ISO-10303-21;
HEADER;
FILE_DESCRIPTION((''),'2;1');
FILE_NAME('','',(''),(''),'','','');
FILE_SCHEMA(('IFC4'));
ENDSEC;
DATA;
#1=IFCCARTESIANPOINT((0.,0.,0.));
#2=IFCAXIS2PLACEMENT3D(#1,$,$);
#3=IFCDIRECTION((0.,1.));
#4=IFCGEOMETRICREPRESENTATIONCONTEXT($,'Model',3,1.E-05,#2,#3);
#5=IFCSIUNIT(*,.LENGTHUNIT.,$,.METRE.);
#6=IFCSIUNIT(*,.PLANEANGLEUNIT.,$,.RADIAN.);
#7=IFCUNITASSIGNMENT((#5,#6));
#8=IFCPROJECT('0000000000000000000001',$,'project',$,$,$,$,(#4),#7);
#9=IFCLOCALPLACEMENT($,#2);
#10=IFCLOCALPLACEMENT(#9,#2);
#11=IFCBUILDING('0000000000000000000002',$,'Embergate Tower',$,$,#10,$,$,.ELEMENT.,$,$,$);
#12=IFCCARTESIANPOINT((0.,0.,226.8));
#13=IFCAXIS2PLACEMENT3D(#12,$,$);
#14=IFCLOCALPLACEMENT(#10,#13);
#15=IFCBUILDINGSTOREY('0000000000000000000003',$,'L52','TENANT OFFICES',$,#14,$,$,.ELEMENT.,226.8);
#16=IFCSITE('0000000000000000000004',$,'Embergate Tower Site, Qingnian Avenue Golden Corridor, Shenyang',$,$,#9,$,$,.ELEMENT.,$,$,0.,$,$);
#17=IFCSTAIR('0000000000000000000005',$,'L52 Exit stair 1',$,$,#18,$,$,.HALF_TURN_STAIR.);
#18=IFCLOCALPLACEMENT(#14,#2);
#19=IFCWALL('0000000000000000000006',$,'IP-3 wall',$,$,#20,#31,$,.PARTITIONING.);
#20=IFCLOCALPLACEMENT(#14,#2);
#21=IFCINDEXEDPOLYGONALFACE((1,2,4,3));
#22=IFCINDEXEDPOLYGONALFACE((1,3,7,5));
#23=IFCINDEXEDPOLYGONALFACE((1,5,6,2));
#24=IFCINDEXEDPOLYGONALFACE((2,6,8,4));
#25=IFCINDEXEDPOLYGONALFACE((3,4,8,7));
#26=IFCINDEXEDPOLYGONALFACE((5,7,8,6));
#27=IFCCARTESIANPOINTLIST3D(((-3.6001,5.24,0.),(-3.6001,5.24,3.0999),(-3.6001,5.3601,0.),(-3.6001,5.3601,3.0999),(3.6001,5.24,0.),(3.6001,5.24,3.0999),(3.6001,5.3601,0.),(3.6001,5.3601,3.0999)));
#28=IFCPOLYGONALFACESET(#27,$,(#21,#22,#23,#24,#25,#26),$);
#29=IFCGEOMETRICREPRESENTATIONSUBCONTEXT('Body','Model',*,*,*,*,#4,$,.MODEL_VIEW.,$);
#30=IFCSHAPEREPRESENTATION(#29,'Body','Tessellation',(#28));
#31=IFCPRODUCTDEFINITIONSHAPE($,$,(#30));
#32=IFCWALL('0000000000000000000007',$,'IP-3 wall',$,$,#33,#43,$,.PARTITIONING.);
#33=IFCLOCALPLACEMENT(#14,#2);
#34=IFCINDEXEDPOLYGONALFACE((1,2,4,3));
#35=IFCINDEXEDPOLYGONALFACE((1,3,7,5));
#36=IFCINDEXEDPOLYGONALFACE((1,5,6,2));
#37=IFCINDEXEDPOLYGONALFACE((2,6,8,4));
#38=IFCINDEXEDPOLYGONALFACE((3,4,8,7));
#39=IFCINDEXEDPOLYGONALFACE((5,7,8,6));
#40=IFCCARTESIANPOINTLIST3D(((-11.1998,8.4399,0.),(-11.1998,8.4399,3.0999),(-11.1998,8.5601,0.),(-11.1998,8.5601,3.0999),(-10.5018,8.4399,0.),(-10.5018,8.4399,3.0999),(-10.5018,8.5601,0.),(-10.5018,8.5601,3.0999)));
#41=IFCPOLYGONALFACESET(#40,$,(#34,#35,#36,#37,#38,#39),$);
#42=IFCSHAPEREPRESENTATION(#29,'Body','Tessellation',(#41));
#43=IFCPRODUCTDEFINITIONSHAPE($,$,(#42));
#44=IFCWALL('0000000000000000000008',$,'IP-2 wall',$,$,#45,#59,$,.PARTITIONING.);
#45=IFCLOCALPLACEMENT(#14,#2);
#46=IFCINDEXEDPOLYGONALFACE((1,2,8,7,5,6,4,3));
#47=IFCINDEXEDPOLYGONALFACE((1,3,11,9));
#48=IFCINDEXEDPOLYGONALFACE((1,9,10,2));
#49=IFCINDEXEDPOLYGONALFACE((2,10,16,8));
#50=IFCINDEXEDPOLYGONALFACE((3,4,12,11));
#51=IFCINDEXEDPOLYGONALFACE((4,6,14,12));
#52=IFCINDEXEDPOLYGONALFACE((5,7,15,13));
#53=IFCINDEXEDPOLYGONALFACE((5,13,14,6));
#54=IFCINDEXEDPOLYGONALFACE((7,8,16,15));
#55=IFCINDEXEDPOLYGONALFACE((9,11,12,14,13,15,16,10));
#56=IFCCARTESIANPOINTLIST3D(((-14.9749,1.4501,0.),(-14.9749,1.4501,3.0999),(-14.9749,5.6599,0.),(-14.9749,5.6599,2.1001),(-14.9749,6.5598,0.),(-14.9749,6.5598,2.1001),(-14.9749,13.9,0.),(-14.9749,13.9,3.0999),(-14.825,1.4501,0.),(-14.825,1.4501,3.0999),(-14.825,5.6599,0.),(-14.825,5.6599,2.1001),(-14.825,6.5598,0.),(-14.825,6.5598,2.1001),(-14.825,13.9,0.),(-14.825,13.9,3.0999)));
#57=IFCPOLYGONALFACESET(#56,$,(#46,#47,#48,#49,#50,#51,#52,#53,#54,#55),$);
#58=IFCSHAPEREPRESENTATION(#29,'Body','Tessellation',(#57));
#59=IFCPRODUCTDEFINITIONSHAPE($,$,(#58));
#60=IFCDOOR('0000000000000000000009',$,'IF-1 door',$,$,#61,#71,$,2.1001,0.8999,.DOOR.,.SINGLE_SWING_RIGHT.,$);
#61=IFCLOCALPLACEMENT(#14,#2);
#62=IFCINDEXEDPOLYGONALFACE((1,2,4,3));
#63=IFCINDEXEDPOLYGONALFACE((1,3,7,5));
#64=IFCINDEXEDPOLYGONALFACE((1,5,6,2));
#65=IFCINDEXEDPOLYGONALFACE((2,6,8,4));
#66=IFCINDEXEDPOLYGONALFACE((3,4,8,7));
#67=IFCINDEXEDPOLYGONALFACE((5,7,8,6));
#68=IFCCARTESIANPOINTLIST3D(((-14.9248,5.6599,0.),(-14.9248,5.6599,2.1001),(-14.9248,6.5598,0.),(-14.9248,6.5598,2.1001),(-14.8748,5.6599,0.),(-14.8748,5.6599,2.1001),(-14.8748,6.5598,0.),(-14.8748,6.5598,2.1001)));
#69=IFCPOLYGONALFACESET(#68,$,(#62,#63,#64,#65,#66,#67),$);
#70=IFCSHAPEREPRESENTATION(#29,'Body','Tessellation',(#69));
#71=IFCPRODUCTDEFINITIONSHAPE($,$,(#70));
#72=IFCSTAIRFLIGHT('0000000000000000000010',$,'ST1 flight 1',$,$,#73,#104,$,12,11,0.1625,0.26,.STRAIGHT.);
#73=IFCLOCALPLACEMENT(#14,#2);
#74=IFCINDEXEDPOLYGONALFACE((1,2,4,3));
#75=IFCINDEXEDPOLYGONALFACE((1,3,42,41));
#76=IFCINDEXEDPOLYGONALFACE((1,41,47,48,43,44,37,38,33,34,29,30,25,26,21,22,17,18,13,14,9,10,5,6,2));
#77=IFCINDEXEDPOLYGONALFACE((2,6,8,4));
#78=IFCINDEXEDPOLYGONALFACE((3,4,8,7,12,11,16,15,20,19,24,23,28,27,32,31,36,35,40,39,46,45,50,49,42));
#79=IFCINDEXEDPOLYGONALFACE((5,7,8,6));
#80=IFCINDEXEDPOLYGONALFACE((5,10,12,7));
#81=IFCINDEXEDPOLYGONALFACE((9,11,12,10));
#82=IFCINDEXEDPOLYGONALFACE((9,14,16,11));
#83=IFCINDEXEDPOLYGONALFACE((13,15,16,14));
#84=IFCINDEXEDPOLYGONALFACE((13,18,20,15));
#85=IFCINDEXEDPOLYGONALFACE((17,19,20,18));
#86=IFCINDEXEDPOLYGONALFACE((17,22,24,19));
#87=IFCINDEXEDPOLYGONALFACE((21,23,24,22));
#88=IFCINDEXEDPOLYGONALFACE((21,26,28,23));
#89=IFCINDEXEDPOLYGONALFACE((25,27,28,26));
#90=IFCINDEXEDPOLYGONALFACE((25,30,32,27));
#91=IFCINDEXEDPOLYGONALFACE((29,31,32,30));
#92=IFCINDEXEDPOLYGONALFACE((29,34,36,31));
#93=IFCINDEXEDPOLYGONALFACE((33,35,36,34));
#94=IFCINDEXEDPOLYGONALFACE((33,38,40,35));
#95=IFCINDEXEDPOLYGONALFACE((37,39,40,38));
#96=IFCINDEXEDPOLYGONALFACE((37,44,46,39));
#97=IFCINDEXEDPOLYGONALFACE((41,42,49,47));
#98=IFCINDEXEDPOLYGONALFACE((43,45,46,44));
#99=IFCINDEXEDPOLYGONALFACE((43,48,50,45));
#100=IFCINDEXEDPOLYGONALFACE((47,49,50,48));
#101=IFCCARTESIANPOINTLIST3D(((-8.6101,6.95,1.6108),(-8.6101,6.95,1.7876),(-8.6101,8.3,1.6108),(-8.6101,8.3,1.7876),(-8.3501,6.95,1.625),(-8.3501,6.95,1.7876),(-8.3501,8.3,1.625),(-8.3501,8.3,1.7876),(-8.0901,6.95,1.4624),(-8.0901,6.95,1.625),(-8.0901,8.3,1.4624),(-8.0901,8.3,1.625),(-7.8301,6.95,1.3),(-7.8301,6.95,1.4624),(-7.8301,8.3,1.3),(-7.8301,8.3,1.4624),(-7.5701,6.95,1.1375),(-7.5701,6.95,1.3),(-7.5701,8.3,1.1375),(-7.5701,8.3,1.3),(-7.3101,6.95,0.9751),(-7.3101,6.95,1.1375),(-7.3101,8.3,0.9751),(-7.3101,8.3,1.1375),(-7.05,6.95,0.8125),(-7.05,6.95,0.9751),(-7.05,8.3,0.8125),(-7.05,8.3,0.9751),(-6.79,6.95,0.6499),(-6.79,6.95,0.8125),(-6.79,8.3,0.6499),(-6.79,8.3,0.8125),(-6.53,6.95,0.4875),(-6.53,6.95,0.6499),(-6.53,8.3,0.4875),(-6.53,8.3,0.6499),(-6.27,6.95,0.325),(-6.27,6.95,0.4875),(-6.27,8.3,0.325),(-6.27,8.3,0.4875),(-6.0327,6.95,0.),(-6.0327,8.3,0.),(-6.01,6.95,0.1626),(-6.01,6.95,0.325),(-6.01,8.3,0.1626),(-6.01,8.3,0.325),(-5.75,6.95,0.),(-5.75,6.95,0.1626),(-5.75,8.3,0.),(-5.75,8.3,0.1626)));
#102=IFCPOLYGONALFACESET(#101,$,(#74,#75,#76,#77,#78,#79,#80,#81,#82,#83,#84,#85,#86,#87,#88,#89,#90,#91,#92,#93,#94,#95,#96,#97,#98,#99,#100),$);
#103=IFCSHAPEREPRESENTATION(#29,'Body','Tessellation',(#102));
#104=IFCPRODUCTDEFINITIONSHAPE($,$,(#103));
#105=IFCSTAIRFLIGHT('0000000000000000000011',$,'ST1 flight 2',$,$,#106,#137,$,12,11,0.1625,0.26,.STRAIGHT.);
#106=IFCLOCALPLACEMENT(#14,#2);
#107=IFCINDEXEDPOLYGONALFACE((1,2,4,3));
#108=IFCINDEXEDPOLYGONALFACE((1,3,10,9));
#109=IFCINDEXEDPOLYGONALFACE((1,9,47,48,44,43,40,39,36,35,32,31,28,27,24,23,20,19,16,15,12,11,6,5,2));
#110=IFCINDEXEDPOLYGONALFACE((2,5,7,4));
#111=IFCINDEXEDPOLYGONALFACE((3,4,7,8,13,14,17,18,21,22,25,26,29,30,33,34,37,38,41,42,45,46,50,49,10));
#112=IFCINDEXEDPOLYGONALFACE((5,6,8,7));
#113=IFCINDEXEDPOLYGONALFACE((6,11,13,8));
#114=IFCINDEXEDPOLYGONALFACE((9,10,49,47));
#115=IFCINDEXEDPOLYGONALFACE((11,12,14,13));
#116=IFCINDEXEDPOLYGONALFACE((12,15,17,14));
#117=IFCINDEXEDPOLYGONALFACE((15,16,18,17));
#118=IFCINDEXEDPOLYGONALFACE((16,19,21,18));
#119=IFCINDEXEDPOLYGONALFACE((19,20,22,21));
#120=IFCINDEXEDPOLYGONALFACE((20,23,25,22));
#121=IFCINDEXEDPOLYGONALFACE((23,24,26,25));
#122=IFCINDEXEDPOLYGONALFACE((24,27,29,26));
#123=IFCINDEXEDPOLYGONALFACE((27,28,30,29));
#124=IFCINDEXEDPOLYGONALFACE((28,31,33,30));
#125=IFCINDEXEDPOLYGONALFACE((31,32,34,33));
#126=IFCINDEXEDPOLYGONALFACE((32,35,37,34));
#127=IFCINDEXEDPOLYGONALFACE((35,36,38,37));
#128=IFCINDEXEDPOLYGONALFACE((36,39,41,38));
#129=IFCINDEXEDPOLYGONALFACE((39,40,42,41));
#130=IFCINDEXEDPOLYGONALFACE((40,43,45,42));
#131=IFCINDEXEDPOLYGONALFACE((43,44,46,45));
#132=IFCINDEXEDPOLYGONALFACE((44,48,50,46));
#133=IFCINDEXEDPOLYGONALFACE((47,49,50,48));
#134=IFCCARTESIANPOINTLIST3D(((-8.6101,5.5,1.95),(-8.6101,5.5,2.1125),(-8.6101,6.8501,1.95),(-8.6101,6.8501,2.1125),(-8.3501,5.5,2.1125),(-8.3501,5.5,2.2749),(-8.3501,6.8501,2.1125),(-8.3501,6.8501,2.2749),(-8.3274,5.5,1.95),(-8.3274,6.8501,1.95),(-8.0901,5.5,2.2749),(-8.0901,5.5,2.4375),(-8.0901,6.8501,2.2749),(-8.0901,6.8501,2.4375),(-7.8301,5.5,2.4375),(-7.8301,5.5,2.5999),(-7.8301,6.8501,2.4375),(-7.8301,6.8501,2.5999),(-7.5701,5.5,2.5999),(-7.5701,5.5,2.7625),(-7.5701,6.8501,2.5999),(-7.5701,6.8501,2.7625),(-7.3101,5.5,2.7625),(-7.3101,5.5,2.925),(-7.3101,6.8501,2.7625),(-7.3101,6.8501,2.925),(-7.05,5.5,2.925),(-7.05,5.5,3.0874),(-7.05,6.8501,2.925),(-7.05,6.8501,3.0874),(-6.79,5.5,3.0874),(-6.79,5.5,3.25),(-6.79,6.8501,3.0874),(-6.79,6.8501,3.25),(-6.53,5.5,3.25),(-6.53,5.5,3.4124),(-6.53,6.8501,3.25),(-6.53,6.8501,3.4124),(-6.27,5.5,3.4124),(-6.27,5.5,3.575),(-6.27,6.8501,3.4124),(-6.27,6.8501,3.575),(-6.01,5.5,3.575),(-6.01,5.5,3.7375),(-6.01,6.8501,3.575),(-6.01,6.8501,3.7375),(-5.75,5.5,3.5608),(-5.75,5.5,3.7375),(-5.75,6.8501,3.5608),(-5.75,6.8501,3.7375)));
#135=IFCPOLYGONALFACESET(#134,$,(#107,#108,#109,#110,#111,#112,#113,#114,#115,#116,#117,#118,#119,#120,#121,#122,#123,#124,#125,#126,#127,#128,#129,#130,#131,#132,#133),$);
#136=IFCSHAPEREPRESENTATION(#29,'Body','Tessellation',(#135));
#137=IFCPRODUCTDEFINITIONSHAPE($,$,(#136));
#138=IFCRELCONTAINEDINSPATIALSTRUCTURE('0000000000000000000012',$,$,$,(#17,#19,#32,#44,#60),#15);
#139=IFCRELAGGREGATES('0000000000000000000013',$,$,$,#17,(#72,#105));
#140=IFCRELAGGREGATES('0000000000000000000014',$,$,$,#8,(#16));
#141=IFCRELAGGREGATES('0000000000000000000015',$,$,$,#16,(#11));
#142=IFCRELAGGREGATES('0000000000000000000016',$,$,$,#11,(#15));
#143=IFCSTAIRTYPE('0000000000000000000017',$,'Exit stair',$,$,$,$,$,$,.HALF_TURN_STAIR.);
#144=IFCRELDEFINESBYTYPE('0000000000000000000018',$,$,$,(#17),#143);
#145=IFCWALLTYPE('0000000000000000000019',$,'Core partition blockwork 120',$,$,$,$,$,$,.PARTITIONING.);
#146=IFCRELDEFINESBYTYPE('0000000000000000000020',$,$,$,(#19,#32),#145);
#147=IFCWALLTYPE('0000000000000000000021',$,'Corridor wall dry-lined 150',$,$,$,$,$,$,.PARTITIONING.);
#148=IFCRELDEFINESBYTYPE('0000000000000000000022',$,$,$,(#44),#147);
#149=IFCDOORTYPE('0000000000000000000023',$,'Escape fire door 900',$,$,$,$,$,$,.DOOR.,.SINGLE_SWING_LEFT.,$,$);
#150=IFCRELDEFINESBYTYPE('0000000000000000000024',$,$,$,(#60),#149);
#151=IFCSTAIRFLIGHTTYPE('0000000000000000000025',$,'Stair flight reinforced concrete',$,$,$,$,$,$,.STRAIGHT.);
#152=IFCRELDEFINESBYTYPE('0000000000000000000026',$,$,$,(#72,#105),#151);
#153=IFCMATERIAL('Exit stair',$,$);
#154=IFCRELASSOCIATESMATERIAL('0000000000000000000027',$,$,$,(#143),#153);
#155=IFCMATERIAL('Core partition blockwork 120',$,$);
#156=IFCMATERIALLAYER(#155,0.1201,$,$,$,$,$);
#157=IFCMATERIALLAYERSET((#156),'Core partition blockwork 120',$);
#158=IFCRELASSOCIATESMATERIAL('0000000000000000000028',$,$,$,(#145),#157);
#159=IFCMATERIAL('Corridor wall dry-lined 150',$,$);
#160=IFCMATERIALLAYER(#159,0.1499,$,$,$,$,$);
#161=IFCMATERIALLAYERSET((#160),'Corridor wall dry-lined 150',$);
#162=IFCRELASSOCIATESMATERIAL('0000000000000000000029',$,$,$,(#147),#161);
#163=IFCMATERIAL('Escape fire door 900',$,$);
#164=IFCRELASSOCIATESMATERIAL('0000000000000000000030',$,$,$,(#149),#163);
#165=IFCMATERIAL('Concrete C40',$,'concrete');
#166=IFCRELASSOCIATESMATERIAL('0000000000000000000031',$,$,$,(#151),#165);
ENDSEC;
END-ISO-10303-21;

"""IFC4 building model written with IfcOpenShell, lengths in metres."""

from ifc_helpers import new_model, si_unit, direction, frame, frame_2d, origin, place, context, subcontext, project, spatial, polyline, rectangle, outline, extrude, source, transform, mapped, material, layer, layer_set, type_object, element, fill, aggregate, save


model = new_model("IFC4")

# Units and contexts
model_context = context("Model", 3, precision=1e-05, world=origin(), true_north=direction((0.0, 1.0)))
body_context = subcontext(model_context, "Body", "Model", "MODEL_VIEW")
ifc_project = project(units=[si_unit("LENGTHUNIT", "METRE"), si_unit("PLANEANGLEUNIT", "RADIAN")], contexts=[model_context])

# Site, building, storey
site_placement = place(None, origin())
site = spatial("IfcSite", under=ifc_project, at=site_placement, Name="Embergate Tower Site, Qingnian Avenue Golden Corridor, Shenyang", CompositionType="ELEMENT", RefElevation=0.0)
building_placement = place(site_placement, origin())
building = spatial("IfcBuilding", under=site, at=building_placement, Name="Embergate Tower", CompositionType="ELEMENT")
storey_placement = place(building_placement, frame((0.0, 0.0, 226.8)))
storey = spatial("IfcBuildingStorey", under=building, at=storey_placement, Name="L52", Description="TENANT OFFICES", CompositionType="ELEMENT", Elevation=226.8)

# Stair
ifc_material_1 = material(Name="Exit stair")
stair_type = type_object("IfcStairType", Name="Exit stair", PredefinedType="HALF_TURN_STAIR", material=ifc_material_1)
stair_placement = place(storey_placement, origin())
stair = element("IfcStair", 1, at=stair_placement, inside=storey, type_object=stair_type, Name="L52 Exit stair 1", PredefinedType="HALF_TURN_STAIR")
ifc_material_2 = material(Name="Concrete C40", Category="concrete")

# Shared definitions
ifc_material_3 = material(Name="Core partition blockwork 120")
ifc_layer_1 = layer(ifc_material_3, 0.1201)
ifc_layer_set_1 = layer_set([ifc_layer_1], Name="Core partition blockwork 120")
wall_type_1 = type_object("IfcWallType", Name="Core partition blockwork 120", PredefinedType="PARTITIONING", material=ifc_layer_set_1)

# Shared definitions
shared_shape_1 = source(origin(), body_context, "Body", "SweptSolid", [
    extrude(rectangle(XDim=0.8999, YDim=2.1001, at=frame_2d((0.45, 1.05))), frame((0.0, 0.0249, 0.0), z_axis=(0.0, -1.0, 0.0), x_axis=(1.0, 0.0, 0.0)), (0.0, 0.0, 1.0), 0.05),
])

# Walls
shared_shape_2 = source(origin(), body_context, "Body", "SweptSolid", [
    extrude(rectangle(XDim=7.2002, YDim=0.1201, at=frame_2d((3.6001, 0.0))), origin(), (0.0, 0.0, 1.0), 3.0999),
])
wall_1_placement = place(storey_placement, frame((-3.6001, 5.3, 0.0), z_axis=(0.0, 0.0, 1.0), x_axis=(1.0, 0.0, 0.0)))
element("IfcWall", 2, at=wall_1_placement, inside=storey, type_object=wall_type_1, Name="IP-3 wall", PredefinedType="PARTITIONING", context=body_context, shape_type="MappedRepresentation", body=[
    mapped(shared_shape_2, transform((0.0, 0.0, 0.0))),
])
shared_shape_3 = source(origin(), body_context, "Body", "SweptSolid", [
    extrude(rectangle(XDim=0.698, YDim=0.1201, at=frame_2d((0.3491, 0.0))), origin(), (0.0, 0.0, 1.0), 3.0999),
])
wall_2_placement = place(storey_placement, frame((-11.2, 8.5, 0.0), z_axis=(0.0, 0.0, 1.0), x_axis=(1.0, 0.0, 0.0)))
element("IfcWall", 3, at=wall_2_placement, inside=storey, type_object=wall_type_1, Name="IP-3 wall", PredefinedType="PARTITIONING", context=body_context, shape_type="MappedRepresentation", body=[
    mapped(shared_shape_3, transform((0.0, 0.0, 0.0))),
])

# Wall, opening, door
ifc_material_4 = material(Name="Corridor wall dry-lined 150")
ifc_layer_2 = layer(ifc_material_4, 0.1499)
ifc_layer_set_2 = layer_set([ifc_layer_2], Name="Corridor wall dry-lined 150")
wall_type_2 = type_object("IfcWallType", Name="Corridor wall dry-lined 150", PredefinedType="PARTITIONING", material=ifc_layer_set_2)
shared_shape_4 = source(origin(), body_context, "Body", "SweptSolid", [
    extrude(rectangle(XDim=12.45, YDim=0.1499, at=frame_2d((6.2251, 0.0))), origin(), (0.0, 0.0, 1.0), 3.0999),
])
wall_3_placement = place(storey_placement, frame((-14.8999, 1.45, 0.0), z_axis=(0.0, 0.0, 1.0), x_axis=(0.0, 1.0, 0.0)))
wall_3 = element("IfcWall", 4, at=wall_3_placement, inside=storey, type_object=wall_type_2, Name="IP-2 wall", PredefinedType="PARTITIONING", context=body_context, shape_type="MappedRepresentation", body=[
    mapped(shared_shape_4, transform((0.0, 0.0, 0.0))),
])
shared_shape_5 = source(origin(), body_context, "Body", "SweptSolid", [
    extrude(rectangle(XDim=0.8999, YDim=2.1001, at=frame_2d((0.45, 1.05))), frame((0.0, 0.085, 0.0), z_axis=(0.0, -1.0, 0.0), x_axis=(1.0, 0.0, 0.0)), (0.0, 0.0, 1.0), 0.1699),
])
opening_1_placement = place(wall_3_placement, frame((4.21, 0.0, 0.0)))
opening_1 = element("IfcOpeningElement", 5, at=opening_1_placement, cuts=wall_3, PredefinedType="OPENING", context=body_context, shape_type="MappedRepresentation", body=[
    mapped(shared_shape_5, transform((0.0, 0.0, 0.0))),
])
ifc_material_5 = material(Name="Escape fire door 900")
door_type_1 = type_object("IfcDoorType", Name="Escape fire door 900", OperationType="SINGLE_SWING_LEFT", PredefinedType="DOOR", material=ifc_material_5)
door_1_placement = place(opening_1_placement, origin())
door_1 = element("IfcDoor", 6, at=door_1_placement, inside=storey, type_object=door_type_1, Name="IF-1 door", OperationType="SINGLE_SWING_RIGHT", OverallHeight=2.1001, OverallWidth=0.8999, PredefinedType="DOOR", context=body_context, shape_type="MappedRepresentation", body=[
    mapped(shared_shape_1, transform((0.0, 0.0, 0.0))),
])
fill(opening_1, door_1)

# Stair flights
stair_flight_type = type_object("IfcStairFlightType", Name="Stair flight reinforced concrete", PredefinedType="STRAIGHT", material=ifc_material_2)
shared_shape_6 = source(origin(), body_context, "Body", "SweptSolid", [
    extrude(outline(polyline([(0.0, 0.0), (0.0, 0.1626), (0.26, 0.1626), (0.26, 0.325), (0.52, 0.325), (0.52, 0.4875), (0.78, 0.4875), (0.78, 0.6499), (1.04, 0.6499), (1.04, 0.8125), (1.3, 0.8125), (1.3, 0.9751), (1.5601, 0.9751), (1.5601, 1.1375), (1.8201, 1.1375), (1.8201, 1.3), (2.0801, 1.3), (2.0801, 1.4624), (2.3401, 1.4624), (2.3401, 1.625), (2.6001, 1.625), (2.6001, 1.7876), (2.8601, 1.7876), (2.8601, 1.95), (2.8601, 1.6108), (0.2827, 0.0), (0.0, 0.0)])), frame((0.0, 0.675, 0.0), z_axis=(0.0, -1.0, 0.0), x_axis=(1.0, 0.0, 0.0)), (0.0, 0.0, 1.0), 1.3501),
])
stair_flight_1_placement = place(storey_placement, frame((-5.75, 7.625, 0.0), z_axis=(0.0, 0.0, 1.0), x_axis=(-1.0, 0.0, 0.0)))
stair_flight_1 = element("IfcStairFlight", 7, at=stair_flight_1_placement, type_object=stair_flight_type, Name="ST1 flight 1", NumberOfRisers=12, NumberOfTreads=11, PredefinedType="STRAIGHT", RiserHeight=0.1625, TreadLength=0.26, context=body_context, shape_type="MappedRepresentation", body=[
    mapped(shared_shape_6, transform((0.0, 0.0, 0.0))),
])
stair_flight_2_placement = place(storey_placement, frame((-8.6101, 6.175, 1.95), z_axis=(0.0, 0.0, 1.0), x_axis=(1.0, 0.0, 0.0)))
stair_flight_2 = element("IfcStairFlight", 8, at=stair_flight_2_placement, type_object=stair_flight_type, Name="ST1 flight 2", NumberOfRisers=12, NumberOfTreads=11, PredefinedType="STRAIGHT", RiserHeight=0.1625, TreadLength=0.26, context=body_context, shape_type="MappedRepresentation", body=[
    mapped(shared_shape_6, transform((0.0, 0.0, 0.0))),
])
aggregate(stair, [stair_flight_1, stair_flight_2])

save(model, "model.ifc")
